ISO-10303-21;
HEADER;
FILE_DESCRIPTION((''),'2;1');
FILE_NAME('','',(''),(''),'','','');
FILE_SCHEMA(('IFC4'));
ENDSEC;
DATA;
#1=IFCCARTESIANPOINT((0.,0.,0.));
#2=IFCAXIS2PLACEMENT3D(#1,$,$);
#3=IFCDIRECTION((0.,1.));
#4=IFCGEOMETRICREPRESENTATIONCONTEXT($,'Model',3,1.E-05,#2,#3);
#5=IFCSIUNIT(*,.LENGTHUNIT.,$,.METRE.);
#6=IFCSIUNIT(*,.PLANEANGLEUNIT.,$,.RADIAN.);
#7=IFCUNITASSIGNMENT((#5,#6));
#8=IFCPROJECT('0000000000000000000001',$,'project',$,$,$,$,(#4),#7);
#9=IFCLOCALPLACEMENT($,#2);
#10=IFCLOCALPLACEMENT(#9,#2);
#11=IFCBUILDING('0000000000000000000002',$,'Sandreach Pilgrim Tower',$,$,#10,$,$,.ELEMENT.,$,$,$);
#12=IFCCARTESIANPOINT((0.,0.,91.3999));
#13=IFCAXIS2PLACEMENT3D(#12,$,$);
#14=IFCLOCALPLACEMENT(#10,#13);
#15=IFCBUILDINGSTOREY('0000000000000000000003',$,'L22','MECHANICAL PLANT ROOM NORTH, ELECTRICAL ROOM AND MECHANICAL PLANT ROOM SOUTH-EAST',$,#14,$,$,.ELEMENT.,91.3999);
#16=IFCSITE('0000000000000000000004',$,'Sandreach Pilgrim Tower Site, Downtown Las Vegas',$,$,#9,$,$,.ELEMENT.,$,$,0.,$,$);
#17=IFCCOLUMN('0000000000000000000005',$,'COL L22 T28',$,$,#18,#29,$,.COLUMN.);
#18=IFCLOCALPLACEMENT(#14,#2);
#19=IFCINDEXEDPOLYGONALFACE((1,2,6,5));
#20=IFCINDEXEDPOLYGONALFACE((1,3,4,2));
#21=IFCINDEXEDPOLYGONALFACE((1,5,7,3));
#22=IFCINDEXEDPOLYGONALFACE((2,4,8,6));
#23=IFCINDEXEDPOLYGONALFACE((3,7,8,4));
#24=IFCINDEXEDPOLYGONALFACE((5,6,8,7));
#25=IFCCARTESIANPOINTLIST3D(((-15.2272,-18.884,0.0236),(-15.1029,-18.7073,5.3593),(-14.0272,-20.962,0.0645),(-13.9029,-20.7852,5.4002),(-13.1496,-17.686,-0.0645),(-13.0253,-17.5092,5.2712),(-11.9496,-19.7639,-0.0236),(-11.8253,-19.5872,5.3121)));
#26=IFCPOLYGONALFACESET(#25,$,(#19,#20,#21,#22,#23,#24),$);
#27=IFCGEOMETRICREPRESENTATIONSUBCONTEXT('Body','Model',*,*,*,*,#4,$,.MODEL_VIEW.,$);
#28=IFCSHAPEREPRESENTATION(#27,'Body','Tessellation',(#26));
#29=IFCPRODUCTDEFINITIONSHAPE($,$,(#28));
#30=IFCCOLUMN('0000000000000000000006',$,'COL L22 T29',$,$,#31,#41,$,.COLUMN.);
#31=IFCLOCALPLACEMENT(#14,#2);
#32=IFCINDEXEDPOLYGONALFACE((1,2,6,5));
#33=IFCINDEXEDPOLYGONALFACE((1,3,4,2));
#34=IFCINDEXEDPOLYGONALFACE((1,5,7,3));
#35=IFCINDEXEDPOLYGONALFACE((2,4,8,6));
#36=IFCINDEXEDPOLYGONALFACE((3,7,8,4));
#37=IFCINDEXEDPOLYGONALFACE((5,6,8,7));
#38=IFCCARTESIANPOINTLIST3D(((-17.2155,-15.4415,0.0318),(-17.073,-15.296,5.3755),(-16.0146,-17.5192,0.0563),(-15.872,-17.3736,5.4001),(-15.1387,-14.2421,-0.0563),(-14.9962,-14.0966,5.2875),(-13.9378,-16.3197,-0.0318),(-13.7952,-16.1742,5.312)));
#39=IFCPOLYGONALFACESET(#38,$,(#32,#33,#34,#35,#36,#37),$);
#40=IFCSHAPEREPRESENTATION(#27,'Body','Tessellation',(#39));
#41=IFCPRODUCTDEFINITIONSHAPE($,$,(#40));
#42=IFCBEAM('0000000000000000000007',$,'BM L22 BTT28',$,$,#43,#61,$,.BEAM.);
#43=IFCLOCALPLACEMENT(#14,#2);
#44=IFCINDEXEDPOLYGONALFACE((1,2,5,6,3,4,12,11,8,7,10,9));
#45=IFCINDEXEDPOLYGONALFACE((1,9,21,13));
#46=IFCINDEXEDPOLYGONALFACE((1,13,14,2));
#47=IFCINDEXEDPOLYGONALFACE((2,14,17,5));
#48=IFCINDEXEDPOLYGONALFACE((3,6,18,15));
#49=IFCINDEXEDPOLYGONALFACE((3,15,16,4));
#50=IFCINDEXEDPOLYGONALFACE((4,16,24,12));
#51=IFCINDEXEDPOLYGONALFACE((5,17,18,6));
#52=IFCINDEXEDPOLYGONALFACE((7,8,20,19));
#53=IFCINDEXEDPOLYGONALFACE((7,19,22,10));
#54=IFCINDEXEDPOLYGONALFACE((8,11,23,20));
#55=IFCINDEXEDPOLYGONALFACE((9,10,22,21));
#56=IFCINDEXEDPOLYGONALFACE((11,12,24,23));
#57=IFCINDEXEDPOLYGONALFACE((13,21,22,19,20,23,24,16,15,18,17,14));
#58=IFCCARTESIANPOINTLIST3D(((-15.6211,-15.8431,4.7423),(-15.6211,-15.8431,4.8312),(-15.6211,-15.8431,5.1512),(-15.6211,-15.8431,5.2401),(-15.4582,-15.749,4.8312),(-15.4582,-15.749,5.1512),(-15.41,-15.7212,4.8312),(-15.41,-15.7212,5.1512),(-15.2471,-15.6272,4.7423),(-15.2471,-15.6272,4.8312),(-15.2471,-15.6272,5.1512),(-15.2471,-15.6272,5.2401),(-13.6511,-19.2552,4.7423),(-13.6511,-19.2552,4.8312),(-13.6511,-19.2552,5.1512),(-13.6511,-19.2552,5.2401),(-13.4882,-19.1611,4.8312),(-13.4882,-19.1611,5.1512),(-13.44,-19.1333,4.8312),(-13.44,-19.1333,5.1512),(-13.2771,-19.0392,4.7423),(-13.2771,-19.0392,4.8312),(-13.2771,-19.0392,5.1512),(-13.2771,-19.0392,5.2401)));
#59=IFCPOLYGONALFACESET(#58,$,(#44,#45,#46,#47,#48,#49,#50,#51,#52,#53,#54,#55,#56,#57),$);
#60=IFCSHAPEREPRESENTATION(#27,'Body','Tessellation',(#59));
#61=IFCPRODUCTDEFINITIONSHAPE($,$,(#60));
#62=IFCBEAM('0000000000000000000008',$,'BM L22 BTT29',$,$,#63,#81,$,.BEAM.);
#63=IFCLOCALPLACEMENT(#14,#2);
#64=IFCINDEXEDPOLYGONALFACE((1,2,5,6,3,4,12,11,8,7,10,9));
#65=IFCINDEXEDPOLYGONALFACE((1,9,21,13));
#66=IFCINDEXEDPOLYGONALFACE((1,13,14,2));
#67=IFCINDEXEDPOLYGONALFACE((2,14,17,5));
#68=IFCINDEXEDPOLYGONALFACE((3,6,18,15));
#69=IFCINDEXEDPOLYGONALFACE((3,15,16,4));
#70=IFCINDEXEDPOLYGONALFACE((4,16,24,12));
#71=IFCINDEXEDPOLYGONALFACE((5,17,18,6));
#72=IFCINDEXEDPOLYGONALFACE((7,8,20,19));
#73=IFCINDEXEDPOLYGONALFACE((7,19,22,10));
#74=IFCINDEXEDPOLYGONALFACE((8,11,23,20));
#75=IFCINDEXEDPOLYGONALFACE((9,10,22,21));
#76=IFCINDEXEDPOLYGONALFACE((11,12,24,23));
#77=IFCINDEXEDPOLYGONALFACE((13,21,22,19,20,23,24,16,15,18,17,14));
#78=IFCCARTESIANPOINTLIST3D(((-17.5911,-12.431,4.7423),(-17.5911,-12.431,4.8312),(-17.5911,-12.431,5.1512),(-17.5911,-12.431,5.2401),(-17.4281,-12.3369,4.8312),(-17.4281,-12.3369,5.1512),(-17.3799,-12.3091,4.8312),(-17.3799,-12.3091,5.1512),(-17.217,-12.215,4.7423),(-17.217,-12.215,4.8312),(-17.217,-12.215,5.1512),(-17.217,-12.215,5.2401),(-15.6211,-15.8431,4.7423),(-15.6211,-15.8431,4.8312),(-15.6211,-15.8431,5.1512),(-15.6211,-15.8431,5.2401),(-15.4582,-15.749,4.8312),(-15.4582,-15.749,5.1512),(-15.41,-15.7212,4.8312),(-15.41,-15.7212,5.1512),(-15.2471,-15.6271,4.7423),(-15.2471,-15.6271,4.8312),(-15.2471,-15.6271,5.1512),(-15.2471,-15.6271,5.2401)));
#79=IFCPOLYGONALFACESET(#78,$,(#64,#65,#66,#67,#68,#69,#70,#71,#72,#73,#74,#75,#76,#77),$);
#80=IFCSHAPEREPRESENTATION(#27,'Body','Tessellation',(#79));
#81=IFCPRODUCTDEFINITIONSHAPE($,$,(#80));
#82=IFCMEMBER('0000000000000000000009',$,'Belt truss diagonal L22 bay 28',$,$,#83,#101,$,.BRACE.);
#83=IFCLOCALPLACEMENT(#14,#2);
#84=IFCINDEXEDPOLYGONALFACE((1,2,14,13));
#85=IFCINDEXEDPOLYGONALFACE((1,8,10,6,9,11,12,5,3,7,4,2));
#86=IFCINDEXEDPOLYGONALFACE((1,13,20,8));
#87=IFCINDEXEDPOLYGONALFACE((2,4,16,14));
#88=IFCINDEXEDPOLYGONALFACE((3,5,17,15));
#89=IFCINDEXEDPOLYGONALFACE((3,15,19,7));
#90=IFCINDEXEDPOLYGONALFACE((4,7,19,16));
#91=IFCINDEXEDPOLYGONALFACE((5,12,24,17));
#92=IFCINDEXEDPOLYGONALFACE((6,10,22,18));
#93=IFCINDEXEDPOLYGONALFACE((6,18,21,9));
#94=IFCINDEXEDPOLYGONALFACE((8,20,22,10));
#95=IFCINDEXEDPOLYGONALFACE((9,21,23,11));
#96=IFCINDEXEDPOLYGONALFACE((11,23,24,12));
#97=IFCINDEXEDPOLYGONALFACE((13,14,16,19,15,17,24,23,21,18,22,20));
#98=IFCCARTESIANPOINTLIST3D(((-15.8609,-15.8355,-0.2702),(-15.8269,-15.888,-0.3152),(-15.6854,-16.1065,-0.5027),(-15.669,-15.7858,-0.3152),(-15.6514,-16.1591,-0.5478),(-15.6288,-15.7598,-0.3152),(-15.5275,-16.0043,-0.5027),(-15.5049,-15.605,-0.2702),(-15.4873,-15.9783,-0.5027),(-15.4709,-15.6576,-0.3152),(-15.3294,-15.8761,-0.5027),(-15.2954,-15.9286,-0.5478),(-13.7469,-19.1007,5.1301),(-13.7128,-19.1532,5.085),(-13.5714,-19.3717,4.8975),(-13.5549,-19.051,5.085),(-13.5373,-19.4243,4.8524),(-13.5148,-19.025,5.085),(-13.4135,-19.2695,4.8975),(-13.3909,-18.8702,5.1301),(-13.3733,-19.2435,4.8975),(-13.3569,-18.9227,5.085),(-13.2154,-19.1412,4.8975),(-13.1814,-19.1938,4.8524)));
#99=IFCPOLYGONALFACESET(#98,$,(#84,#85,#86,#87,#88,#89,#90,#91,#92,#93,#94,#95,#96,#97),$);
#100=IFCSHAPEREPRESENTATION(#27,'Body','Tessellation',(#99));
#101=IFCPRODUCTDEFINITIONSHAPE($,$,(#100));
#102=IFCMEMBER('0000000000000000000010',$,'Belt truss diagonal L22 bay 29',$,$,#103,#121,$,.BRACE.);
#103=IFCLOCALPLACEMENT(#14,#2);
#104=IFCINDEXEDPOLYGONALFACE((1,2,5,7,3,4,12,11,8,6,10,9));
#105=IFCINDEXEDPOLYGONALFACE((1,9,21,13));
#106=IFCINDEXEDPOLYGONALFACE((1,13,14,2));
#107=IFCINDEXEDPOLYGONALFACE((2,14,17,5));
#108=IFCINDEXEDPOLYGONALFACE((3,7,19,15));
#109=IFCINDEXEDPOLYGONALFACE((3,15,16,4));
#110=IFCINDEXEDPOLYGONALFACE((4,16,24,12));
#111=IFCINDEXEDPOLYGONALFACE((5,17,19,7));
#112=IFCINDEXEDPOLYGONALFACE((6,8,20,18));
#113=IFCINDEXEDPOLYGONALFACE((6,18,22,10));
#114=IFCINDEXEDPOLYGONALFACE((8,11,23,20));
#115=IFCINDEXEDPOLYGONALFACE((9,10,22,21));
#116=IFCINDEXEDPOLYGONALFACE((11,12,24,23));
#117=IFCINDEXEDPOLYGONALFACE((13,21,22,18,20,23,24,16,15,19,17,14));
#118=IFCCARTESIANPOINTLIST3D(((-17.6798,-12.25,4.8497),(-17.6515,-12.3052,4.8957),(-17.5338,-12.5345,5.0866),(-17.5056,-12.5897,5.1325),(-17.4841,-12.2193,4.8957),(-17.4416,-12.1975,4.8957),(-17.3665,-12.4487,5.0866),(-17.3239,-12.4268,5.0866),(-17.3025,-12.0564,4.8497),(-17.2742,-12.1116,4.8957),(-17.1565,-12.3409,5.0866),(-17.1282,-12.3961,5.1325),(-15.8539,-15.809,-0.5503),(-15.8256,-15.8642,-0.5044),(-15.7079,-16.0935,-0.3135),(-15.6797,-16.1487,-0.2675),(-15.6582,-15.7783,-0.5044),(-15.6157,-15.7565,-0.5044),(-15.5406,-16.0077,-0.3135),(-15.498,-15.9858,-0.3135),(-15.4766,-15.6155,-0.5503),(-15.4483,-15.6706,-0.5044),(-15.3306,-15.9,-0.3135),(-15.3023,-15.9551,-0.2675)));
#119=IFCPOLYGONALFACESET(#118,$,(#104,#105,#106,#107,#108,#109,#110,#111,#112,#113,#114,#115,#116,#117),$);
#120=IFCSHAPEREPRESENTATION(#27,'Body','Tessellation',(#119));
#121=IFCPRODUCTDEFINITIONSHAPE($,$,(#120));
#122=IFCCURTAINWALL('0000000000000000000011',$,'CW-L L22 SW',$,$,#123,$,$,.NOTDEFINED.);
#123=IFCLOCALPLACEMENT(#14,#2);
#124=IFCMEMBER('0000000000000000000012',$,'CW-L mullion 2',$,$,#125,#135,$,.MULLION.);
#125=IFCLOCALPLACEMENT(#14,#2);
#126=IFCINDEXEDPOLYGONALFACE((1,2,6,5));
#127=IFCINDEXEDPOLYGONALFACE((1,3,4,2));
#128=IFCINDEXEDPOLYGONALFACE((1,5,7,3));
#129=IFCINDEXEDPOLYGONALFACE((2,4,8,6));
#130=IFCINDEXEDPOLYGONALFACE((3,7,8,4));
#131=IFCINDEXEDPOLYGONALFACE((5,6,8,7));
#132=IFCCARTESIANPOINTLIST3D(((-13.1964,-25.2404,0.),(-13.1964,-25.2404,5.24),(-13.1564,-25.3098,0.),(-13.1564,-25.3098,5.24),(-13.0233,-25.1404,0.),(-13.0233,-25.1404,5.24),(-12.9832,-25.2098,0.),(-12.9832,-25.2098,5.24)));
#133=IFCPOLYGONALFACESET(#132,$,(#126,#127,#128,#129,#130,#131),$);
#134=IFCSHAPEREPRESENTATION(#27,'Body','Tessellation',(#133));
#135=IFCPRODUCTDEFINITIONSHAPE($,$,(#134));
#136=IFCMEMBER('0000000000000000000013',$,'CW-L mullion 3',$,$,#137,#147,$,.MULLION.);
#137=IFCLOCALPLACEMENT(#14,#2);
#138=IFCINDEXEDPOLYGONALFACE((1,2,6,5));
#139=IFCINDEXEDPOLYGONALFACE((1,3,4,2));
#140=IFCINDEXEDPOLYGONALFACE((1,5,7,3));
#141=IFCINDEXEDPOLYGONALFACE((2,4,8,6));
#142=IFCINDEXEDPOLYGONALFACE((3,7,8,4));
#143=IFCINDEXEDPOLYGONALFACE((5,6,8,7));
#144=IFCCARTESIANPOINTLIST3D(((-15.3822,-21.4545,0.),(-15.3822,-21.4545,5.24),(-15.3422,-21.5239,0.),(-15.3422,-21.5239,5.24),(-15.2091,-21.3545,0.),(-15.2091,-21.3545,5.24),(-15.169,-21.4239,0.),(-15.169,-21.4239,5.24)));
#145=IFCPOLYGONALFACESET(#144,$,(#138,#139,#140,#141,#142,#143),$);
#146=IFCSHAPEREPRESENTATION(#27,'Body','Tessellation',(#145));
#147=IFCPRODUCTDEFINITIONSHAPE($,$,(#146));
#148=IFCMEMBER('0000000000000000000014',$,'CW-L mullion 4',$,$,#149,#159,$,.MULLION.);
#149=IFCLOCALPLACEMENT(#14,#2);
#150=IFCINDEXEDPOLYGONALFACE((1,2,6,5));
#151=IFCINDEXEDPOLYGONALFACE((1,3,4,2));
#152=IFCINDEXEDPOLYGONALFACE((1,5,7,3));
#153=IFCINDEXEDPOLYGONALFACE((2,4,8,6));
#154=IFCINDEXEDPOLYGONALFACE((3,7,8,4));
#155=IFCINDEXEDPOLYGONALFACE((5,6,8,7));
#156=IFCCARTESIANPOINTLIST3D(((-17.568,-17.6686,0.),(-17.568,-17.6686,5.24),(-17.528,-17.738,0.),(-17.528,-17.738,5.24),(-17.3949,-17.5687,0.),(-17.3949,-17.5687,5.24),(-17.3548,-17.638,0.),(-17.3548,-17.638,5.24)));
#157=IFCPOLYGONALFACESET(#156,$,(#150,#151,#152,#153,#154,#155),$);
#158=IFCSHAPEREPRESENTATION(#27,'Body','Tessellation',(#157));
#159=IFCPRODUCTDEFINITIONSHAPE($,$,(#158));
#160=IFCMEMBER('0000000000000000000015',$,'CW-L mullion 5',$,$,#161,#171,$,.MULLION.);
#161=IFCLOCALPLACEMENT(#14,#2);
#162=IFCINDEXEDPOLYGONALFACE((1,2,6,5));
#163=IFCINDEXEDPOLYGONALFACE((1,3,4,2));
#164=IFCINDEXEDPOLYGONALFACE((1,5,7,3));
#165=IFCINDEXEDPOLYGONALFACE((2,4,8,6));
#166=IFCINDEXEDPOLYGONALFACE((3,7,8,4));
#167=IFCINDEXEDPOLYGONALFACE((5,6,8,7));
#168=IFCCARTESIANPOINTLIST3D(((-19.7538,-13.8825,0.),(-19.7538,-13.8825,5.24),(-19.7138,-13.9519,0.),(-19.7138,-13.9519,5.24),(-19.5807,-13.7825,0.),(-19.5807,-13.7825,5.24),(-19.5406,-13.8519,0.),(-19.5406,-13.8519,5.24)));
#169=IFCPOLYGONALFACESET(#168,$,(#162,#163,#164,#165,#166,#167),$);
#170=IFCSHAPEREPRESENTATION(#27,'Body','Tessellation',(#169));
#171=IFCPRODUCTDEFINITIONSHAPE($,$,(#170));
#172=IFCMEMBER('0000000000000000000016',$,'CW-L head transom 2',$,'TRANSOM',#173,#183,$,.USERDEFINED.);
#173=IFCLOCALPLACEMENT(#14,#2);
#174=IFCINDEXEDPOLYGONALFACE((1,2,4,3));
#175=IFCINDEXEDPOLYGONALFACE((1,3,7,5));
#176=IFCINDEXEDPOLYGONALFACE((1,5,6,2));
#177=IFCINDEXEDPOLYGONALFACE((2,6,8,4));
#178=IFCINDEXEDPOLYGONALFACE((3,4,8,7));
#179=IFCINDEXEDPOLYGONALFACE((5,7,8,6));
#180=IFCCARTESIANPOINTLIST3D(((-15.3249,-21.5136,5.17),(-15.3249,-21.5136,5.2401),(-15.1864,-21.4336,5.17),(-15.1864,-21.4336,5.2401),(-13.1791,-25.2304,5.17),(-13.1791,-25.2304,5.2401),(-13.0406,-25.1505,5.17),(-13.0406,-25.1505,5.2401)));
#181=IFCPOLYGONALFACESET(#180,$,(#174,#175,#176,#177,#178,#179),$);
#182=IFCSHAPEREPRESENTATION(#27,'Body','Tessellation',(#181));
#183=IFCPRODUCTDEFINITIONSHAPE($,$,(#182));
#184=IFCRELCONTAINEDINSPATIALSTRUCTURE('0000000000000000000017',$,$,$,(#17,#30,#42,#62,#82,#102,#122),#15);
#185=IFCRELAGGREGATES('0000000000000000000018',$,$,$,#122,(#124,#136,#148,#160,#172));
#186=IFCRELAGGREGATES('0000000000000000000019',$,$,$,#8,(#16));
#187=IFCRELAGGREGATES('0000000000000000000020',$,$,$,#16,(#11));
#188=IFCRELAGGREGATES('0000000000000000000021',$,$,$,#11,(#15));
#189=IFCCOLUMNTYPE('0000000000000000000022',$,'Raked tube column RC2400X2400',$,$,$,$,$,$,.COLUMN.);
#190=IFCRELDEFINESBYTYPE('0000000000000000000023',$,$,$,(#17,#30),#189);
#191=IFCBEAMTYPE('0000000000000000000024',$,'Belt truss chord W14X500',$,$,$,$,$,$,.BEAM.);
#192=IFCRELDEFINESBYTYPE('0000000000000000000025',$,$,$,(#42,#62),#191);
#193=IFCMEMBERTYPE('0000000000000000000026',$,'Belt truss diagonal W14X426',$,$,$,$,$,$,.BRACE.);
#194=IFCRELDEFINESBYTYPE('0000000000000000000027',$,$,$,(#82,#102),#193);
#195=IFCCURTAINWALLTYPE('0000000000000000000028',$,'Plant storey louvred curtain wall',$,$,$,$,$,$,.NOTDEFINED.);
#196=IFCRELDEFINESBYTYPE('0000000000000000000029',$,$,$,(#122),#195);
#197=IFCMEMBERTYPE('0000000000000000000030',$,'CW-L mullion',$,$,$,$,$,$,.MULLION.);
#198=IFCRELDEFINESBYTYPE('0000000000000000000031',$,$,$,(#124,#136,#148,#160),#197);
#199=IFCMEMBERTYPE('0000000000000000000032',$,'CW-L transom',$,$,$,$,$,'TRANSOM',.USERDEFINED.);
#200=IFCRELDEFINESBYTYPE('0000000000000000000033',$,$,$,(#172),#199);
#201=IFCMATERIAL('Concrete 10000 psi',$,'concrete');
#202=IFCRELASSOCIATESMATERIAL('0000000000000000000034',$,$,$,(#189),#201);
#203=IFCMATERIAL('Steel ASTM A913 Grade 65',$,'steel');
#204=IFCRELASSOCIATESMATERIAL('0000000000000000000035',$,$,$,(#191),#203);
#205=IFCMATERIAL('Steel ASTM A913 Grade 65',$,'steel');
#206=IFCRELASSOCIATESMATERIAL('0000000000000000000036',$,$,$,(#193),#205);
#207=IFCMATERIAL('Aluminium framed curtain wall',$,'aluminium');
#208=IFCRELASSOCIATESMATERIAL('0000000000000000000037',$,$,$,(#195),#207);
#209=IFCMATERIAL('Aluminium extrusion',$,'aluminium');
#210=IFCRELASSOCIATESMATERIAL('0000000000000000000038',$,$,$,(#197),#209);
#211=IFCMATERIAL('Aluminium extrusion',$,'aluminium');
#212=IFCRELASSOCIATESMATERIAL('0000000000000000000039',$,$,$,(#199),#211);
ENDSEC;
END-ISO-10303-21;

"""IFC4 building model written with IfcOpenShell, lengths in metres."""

from ifc_helpers import new_model, si_unit, direction, frame, origin, origin_2d, place, context, subcontext, project, spatial, rectangle, i_section, extrude, material, material_profile, profile_set, type_object, element, aggregate, save


model = new_model("IFC4")

# Units and contexts
model_context = context("Model", 3, precision=1e-05, world=origin(), true_north=direction((0.0, 1.0)))
body_context = subcontext(model_context, "Body", "Model", "MODEL_VIEW")
ifc_project = project(units=[si_unit("LENGTHUNIT", "METRE"), si_unit("PLANEANGLEUNIT", "RADIAN")], contexts=[model_context])

# Site, building, storey
site_placement = place(None, origin())
site = spatial("IfcSite", under=ifc_project, at=site_placement, Name="Sandreach Pilgrim Tower Site, Downtown Las Vegas", CompositionType="ELEMENT", RefElevation=0.0)
building_placement = place(site_placement, origin())
building = spatial("IfcBuilding", under=site, at=building_placement, Name="Sandreach Pilgrim Tower", CompositionType="ELEMENT")
storey_placement = place(building_placement, frame((0.0, 0.0, 91.3999)))
storey = spatial("IfcBuildingStorey", under=building, at=storey_placement, Name="L22", Description="MECHANICAL PLANT ROOM NORTH, ELECTRICAL ROOM AND MECHANICAL PLANT ROOM SOUTH-EAST", CompositionType="ELEMENT", Elevation=91.3999)

# Columns
ifc_material_1 = material(Name="Concrete 10000 psi", Category="concrete")
ifc_material_profile_1 = material_profile(ifc_material_1, rectangle(XDim=2.3999, YDim=2.3999, at=origin_2d()), Name="RC2400X2400")
ifc_profile_set_1 = profile_set([ifc_material_profile_1], Name="Concrete 10000 psi")
column_type = type_object("IfcColumnType", Name="Raked tube column RC2400X2400", PredefinedType="COLUMN", material=ifc_profile_set_1)
column_1_placement = place(storey_placement, frame((-13.5884, -19.324, 0.0), z_axis=(0.023271, 0.0331, 0.999181), x_axis=(-0.865705, -0.499208, 0.0367)))
element("IfcColumn", 1, at=column_1_placement, inside=storey, type_object=column_type, Name="COL L22 T28", PredefinedType="COLUMN", context=body_context, shape_type="SweptSolid", body=[
    extrude(rectangle(XDim=2.3999, YDim=2.3999, at=origin_2d()), origin(), (0.0, 0.0, 1.0), 5.3401),
])
column_2_placement = place(storey_placement, frame((-15.5767, -15.8806, 0.0), z_axis=(0.026662, 0.02721, 0.999274), x_axis=(-0.865374, -0.499781, 0.036698)))
element("IfcColumn", 2, at=column_2_placement, inside=storey, type_object=column_type, Name="COL L22 T29", PredefinedType="COLUMN", context=body_context, shape_type="SweptSolid", body=[
    extrude(rectangle(XDim=2.3999, YDim=2.3999, at=origin_2d()), origin(), (0.0, 0.0, 1.0), 5.3477),
])

# Beams
ifc_material_2 = material(Name="Steel ASTM A913 Grade 65", Category="steel")
ifc_material_profile_2 = material_profile(ifc_material_2, i_section(OverallWidth=0.4319, OverallDepth=0.4978, WebThickness=0.0557, FlangeThickness=0.0889, at=origin_2d()), Name="W14X500")
ifc_profile_set_2 = profile_set([ifc_material_profile_2], Name="Steel ASTM A913 Grade 65")
beam_type_1 = type_object("IfcBeamType", Name="Belt truss chord W14X500", PredefinedType="BEAM", material=ifc_profile_set_2)
for number, where, z_axis, x_axis, name in (
    (3, (-13.4641, -19.1472, 4.9912), (-0.499998, 0.866027, 0.0), (-0.866027, -0.499998, 0.0), "BM L22 BTT28"),
    (4, (-15.4341, -15.7351, 4.9912), (-0.499998, 0.866027, 0.0), (-0.866027, -0.499998, 0.0), "BM L22 BTT29"),
):
    element("IfcBeam", number, at=place(storey_placement, frame(where, z_axis=z_axis, x_axis=x_axis)), inside=storey, type_object=beam_type_1, Name=name, PredefinedType="BEAM", context=body_context, shape_type="SweptSolid", body=[
        extrude(i_section(OverallWidth=0.4319, OverallDepth=0.4978, WebThickness=0.0557, FlangeThickness=0.0889, at=origin_2d()), origin(), (0.0, 0.0, 1.0), 3.9399),
    ])

# Members
ifc_material_3 = material(Name="Steel ASTM A913 Grade 65", Category="steel")
ifc_material_profile_3 = material_profile(ifc_material_3, i_section(OverallWidth=0.4241, OverallDepth=0.4751, WebThickness=0.0479, FlangeThickness=0.0771, at=origin_2d()), Name="W14X426")
ifc_profile_set_3 = profile_set([ifc_material_profile_3], Name="Steel ASTM A913 Grade 65")
member_type_1 = type_object("IfcMemberType", Name="Belt truss diagonal W14X426", PredefinedType="BRACE", material=ifc_profile_set_3)
member_1_placement = place(storey_placement, frame((-13.4641, -19.1472, 4.9912), z_axis=(-0.317648, 0.490614, -0.811417), x_axis=(-0.83942, -0.543483, 0.0)))
element("IfcMember", 5, at=member_1_placement, inside=storey, type_object=member_type_1, Name="Belt truss diagonal L22 bay 28", PredefinedType="BRACE", context=body_context, shape_type="SweptSolid", body=[
    extrude(i_section(OverallWidth=0.4241, OverallDepth=0.4751, WebThickness=0.0479, FlangeThickness=0.0771, at=origin_2d()), origin(), (0.0, 0.0, 1.0), 6.6553),
])
member_2_placement = place(storey_placement, frame((-15.5781, -15.8821, -0.4089), z_axis=(-0.271703, 0.5296, 0.803555), x_axis=(-0.889741, -0.456467, 0.0)))
element("IfcMember", 6, at=member_2_placement, inside=storey, type_object=member_type_1, Name="Belt truss diagonal L22 bay 29", PredefinedType="BRACE", context=body_context, shape_type="SweptSolid", body=[
    extrude(i_section(OverallWidth=0.4241, OverallDepth=0.4751, WebThickness=0.0479, FlangeThickness=0.0771, at=origin_2d()), origin(), (0.0, 0.0, 1.0), 6.7202),
])

# Curtain wall, members
ifc_material_4 = material(Name="Aluminium framed curtain wall", Category="aluminium")
curtain_wall_type = type_object("IfcCurtainWallType", Name="Plant storey louvred curtain wall", PredefinedType="NOTDEFINED", material=ifc_material_4)
curtain_wall_placement = place(storey_placement, origin())
curtain_wall = element("IfcCurtainWall", 7, at=curtain_wall_placement, inside=storey, type_object=curtain_wall_type, Name="CW-L L22 SW", PredefinedType="NOTDEFINED")
ifc_material_5 = material(Name="Aluminium extrusion", Category="aluminium")
ifc_material_profile_4 = material_profile(ifc_material_5, rectangle(XDim=0.0801, YDim=0.2, at=origin_2d()), Name="CW-LM 80X200")
ifc_profile_set_4 = profile_set([ifc_material_profile_4], Name="Aluminium extrusion")
member_type_2 = type_object("IfcMemberType", Name="CW-L mullion", PredefinedType="MULLION", material=ifc_profile_set_4)
member_3_placement = place(storey_placement, frame((-13.0898, -25.2251, 0.0), z_axis=(0.0, 0.0, 1.0), x_axis=(-0.5, 0.866025, 0.0)))
member_3 = element("IfcMember", 8, at=member_3_placement, type_object=member_type_2, Name="CW-L mullion 2", PredefinedType="MULLION", context=body_context, shape_type="SweptSolid", body=[
    extrude(rectangle(XDim=0.0801, YDim=0.2, at=origin_2d()), origin(), (0.0, 0.0, 1.0), 5.24),
])
member_4_placement = place(storey_placement, frame((-15.2756, -21.4392, 0.0), z_axis=(0.0, 0.0, 1.0), x_axis=(-0.5, 0.866025, 0.0)))
member_4 = element("IfcMember", 9, at=member_4_placement, type_object=member_type_2, Name="CW-L mullion 3", PredefinedType="MULLION", context=body_context, shape_type="SweptSolid", body=[
    extrude(rectangle(XDim=0.0801, YDim=0.2, at=origin_2d()), origin(), (0.0, 0.0, 1.0), 5.24),
])
member_5_placement = place(storey_placement, frame((-17.4614, -17.6533, 0.0), z_axis=(0.0, 0.0, 1.0), x_axis=(-0.5, 0.866025, 0.0)))
member_5 = element("IfcMember", 10, at=member_5_placement, type_object=member_type_2, Name="CW-L mullion 4", PredefinedType="MULLION", context=body_context, shape_type="SweptSolid", body=[
    extrude(rectangle(XDim=0.0801, YDim=0.2, at=origin_2d()), origin(), (0.0, 0.0, 1.0), 5.24),
])
member_6_placement = place(storey_placement, frame((-19.6472, -13.8672, 0.0), z_axis=(0.0, 0.0, 1.0), x_axis=(-0.5, 0.866025, 0.0)))
member_6 = element("IfcMember", 11, at=member_6_placement, type_object=member_type_2, Name="CW-L mullion 5", PredefinedType="MULLION", context=body_context, shape_type="SweptSolid", body=[
    extrude(rectangle(XDim=0.0801, YDim=0.2, at=origin_2d()), origin(), (0.0, 0.0, 1.0), 5.24),
])
ifc_material_6 = material(Name="Aluminium extrusion", Category="aluminium")
ifc_material_profile_5 = material_profile(ifc_material_6, rectangle(XDim=0.1599, YDim=0.0701, at=origin_2d()), Name="CW-LT 160X70")
ifc_profile_set_5 = profile_set([ifc_material_profile_5], Name="Aluminium extrusion")
member_type_3 = type_object("IfcMemberType", Name="CW-L transom", ElementType="TRANSOM", PredefinedType="USERDEFINED", material=ifc_profile_set_5)
member_7_placement = place(storey_placement, frame((-13.1099, -25.1904, 5.2051), z_axis=(-0.499975, 0.86604, 0.0), x_axis=(-0.86604, -0.499975, 0.0)))
member_7 = element("IfcMember", 12, at=member_7_placement, type_object=member_type_3, Name="CW-L head transom 2", ObjectType="TRANSOM", PredefinedType="USERDEFINED", context=body_context, shape_type="SweptSolid", body=[
    extrude(rectangle(XDim=0.1599, YDim=0.0701, at=origin_2d()), origin(), (0.0, 0.0, 1.0), 4.2917),
])

aggregate(curtain_wall, [member_3, member_4, member_5, member_6, member_7])

save(model, "model.ifc")
